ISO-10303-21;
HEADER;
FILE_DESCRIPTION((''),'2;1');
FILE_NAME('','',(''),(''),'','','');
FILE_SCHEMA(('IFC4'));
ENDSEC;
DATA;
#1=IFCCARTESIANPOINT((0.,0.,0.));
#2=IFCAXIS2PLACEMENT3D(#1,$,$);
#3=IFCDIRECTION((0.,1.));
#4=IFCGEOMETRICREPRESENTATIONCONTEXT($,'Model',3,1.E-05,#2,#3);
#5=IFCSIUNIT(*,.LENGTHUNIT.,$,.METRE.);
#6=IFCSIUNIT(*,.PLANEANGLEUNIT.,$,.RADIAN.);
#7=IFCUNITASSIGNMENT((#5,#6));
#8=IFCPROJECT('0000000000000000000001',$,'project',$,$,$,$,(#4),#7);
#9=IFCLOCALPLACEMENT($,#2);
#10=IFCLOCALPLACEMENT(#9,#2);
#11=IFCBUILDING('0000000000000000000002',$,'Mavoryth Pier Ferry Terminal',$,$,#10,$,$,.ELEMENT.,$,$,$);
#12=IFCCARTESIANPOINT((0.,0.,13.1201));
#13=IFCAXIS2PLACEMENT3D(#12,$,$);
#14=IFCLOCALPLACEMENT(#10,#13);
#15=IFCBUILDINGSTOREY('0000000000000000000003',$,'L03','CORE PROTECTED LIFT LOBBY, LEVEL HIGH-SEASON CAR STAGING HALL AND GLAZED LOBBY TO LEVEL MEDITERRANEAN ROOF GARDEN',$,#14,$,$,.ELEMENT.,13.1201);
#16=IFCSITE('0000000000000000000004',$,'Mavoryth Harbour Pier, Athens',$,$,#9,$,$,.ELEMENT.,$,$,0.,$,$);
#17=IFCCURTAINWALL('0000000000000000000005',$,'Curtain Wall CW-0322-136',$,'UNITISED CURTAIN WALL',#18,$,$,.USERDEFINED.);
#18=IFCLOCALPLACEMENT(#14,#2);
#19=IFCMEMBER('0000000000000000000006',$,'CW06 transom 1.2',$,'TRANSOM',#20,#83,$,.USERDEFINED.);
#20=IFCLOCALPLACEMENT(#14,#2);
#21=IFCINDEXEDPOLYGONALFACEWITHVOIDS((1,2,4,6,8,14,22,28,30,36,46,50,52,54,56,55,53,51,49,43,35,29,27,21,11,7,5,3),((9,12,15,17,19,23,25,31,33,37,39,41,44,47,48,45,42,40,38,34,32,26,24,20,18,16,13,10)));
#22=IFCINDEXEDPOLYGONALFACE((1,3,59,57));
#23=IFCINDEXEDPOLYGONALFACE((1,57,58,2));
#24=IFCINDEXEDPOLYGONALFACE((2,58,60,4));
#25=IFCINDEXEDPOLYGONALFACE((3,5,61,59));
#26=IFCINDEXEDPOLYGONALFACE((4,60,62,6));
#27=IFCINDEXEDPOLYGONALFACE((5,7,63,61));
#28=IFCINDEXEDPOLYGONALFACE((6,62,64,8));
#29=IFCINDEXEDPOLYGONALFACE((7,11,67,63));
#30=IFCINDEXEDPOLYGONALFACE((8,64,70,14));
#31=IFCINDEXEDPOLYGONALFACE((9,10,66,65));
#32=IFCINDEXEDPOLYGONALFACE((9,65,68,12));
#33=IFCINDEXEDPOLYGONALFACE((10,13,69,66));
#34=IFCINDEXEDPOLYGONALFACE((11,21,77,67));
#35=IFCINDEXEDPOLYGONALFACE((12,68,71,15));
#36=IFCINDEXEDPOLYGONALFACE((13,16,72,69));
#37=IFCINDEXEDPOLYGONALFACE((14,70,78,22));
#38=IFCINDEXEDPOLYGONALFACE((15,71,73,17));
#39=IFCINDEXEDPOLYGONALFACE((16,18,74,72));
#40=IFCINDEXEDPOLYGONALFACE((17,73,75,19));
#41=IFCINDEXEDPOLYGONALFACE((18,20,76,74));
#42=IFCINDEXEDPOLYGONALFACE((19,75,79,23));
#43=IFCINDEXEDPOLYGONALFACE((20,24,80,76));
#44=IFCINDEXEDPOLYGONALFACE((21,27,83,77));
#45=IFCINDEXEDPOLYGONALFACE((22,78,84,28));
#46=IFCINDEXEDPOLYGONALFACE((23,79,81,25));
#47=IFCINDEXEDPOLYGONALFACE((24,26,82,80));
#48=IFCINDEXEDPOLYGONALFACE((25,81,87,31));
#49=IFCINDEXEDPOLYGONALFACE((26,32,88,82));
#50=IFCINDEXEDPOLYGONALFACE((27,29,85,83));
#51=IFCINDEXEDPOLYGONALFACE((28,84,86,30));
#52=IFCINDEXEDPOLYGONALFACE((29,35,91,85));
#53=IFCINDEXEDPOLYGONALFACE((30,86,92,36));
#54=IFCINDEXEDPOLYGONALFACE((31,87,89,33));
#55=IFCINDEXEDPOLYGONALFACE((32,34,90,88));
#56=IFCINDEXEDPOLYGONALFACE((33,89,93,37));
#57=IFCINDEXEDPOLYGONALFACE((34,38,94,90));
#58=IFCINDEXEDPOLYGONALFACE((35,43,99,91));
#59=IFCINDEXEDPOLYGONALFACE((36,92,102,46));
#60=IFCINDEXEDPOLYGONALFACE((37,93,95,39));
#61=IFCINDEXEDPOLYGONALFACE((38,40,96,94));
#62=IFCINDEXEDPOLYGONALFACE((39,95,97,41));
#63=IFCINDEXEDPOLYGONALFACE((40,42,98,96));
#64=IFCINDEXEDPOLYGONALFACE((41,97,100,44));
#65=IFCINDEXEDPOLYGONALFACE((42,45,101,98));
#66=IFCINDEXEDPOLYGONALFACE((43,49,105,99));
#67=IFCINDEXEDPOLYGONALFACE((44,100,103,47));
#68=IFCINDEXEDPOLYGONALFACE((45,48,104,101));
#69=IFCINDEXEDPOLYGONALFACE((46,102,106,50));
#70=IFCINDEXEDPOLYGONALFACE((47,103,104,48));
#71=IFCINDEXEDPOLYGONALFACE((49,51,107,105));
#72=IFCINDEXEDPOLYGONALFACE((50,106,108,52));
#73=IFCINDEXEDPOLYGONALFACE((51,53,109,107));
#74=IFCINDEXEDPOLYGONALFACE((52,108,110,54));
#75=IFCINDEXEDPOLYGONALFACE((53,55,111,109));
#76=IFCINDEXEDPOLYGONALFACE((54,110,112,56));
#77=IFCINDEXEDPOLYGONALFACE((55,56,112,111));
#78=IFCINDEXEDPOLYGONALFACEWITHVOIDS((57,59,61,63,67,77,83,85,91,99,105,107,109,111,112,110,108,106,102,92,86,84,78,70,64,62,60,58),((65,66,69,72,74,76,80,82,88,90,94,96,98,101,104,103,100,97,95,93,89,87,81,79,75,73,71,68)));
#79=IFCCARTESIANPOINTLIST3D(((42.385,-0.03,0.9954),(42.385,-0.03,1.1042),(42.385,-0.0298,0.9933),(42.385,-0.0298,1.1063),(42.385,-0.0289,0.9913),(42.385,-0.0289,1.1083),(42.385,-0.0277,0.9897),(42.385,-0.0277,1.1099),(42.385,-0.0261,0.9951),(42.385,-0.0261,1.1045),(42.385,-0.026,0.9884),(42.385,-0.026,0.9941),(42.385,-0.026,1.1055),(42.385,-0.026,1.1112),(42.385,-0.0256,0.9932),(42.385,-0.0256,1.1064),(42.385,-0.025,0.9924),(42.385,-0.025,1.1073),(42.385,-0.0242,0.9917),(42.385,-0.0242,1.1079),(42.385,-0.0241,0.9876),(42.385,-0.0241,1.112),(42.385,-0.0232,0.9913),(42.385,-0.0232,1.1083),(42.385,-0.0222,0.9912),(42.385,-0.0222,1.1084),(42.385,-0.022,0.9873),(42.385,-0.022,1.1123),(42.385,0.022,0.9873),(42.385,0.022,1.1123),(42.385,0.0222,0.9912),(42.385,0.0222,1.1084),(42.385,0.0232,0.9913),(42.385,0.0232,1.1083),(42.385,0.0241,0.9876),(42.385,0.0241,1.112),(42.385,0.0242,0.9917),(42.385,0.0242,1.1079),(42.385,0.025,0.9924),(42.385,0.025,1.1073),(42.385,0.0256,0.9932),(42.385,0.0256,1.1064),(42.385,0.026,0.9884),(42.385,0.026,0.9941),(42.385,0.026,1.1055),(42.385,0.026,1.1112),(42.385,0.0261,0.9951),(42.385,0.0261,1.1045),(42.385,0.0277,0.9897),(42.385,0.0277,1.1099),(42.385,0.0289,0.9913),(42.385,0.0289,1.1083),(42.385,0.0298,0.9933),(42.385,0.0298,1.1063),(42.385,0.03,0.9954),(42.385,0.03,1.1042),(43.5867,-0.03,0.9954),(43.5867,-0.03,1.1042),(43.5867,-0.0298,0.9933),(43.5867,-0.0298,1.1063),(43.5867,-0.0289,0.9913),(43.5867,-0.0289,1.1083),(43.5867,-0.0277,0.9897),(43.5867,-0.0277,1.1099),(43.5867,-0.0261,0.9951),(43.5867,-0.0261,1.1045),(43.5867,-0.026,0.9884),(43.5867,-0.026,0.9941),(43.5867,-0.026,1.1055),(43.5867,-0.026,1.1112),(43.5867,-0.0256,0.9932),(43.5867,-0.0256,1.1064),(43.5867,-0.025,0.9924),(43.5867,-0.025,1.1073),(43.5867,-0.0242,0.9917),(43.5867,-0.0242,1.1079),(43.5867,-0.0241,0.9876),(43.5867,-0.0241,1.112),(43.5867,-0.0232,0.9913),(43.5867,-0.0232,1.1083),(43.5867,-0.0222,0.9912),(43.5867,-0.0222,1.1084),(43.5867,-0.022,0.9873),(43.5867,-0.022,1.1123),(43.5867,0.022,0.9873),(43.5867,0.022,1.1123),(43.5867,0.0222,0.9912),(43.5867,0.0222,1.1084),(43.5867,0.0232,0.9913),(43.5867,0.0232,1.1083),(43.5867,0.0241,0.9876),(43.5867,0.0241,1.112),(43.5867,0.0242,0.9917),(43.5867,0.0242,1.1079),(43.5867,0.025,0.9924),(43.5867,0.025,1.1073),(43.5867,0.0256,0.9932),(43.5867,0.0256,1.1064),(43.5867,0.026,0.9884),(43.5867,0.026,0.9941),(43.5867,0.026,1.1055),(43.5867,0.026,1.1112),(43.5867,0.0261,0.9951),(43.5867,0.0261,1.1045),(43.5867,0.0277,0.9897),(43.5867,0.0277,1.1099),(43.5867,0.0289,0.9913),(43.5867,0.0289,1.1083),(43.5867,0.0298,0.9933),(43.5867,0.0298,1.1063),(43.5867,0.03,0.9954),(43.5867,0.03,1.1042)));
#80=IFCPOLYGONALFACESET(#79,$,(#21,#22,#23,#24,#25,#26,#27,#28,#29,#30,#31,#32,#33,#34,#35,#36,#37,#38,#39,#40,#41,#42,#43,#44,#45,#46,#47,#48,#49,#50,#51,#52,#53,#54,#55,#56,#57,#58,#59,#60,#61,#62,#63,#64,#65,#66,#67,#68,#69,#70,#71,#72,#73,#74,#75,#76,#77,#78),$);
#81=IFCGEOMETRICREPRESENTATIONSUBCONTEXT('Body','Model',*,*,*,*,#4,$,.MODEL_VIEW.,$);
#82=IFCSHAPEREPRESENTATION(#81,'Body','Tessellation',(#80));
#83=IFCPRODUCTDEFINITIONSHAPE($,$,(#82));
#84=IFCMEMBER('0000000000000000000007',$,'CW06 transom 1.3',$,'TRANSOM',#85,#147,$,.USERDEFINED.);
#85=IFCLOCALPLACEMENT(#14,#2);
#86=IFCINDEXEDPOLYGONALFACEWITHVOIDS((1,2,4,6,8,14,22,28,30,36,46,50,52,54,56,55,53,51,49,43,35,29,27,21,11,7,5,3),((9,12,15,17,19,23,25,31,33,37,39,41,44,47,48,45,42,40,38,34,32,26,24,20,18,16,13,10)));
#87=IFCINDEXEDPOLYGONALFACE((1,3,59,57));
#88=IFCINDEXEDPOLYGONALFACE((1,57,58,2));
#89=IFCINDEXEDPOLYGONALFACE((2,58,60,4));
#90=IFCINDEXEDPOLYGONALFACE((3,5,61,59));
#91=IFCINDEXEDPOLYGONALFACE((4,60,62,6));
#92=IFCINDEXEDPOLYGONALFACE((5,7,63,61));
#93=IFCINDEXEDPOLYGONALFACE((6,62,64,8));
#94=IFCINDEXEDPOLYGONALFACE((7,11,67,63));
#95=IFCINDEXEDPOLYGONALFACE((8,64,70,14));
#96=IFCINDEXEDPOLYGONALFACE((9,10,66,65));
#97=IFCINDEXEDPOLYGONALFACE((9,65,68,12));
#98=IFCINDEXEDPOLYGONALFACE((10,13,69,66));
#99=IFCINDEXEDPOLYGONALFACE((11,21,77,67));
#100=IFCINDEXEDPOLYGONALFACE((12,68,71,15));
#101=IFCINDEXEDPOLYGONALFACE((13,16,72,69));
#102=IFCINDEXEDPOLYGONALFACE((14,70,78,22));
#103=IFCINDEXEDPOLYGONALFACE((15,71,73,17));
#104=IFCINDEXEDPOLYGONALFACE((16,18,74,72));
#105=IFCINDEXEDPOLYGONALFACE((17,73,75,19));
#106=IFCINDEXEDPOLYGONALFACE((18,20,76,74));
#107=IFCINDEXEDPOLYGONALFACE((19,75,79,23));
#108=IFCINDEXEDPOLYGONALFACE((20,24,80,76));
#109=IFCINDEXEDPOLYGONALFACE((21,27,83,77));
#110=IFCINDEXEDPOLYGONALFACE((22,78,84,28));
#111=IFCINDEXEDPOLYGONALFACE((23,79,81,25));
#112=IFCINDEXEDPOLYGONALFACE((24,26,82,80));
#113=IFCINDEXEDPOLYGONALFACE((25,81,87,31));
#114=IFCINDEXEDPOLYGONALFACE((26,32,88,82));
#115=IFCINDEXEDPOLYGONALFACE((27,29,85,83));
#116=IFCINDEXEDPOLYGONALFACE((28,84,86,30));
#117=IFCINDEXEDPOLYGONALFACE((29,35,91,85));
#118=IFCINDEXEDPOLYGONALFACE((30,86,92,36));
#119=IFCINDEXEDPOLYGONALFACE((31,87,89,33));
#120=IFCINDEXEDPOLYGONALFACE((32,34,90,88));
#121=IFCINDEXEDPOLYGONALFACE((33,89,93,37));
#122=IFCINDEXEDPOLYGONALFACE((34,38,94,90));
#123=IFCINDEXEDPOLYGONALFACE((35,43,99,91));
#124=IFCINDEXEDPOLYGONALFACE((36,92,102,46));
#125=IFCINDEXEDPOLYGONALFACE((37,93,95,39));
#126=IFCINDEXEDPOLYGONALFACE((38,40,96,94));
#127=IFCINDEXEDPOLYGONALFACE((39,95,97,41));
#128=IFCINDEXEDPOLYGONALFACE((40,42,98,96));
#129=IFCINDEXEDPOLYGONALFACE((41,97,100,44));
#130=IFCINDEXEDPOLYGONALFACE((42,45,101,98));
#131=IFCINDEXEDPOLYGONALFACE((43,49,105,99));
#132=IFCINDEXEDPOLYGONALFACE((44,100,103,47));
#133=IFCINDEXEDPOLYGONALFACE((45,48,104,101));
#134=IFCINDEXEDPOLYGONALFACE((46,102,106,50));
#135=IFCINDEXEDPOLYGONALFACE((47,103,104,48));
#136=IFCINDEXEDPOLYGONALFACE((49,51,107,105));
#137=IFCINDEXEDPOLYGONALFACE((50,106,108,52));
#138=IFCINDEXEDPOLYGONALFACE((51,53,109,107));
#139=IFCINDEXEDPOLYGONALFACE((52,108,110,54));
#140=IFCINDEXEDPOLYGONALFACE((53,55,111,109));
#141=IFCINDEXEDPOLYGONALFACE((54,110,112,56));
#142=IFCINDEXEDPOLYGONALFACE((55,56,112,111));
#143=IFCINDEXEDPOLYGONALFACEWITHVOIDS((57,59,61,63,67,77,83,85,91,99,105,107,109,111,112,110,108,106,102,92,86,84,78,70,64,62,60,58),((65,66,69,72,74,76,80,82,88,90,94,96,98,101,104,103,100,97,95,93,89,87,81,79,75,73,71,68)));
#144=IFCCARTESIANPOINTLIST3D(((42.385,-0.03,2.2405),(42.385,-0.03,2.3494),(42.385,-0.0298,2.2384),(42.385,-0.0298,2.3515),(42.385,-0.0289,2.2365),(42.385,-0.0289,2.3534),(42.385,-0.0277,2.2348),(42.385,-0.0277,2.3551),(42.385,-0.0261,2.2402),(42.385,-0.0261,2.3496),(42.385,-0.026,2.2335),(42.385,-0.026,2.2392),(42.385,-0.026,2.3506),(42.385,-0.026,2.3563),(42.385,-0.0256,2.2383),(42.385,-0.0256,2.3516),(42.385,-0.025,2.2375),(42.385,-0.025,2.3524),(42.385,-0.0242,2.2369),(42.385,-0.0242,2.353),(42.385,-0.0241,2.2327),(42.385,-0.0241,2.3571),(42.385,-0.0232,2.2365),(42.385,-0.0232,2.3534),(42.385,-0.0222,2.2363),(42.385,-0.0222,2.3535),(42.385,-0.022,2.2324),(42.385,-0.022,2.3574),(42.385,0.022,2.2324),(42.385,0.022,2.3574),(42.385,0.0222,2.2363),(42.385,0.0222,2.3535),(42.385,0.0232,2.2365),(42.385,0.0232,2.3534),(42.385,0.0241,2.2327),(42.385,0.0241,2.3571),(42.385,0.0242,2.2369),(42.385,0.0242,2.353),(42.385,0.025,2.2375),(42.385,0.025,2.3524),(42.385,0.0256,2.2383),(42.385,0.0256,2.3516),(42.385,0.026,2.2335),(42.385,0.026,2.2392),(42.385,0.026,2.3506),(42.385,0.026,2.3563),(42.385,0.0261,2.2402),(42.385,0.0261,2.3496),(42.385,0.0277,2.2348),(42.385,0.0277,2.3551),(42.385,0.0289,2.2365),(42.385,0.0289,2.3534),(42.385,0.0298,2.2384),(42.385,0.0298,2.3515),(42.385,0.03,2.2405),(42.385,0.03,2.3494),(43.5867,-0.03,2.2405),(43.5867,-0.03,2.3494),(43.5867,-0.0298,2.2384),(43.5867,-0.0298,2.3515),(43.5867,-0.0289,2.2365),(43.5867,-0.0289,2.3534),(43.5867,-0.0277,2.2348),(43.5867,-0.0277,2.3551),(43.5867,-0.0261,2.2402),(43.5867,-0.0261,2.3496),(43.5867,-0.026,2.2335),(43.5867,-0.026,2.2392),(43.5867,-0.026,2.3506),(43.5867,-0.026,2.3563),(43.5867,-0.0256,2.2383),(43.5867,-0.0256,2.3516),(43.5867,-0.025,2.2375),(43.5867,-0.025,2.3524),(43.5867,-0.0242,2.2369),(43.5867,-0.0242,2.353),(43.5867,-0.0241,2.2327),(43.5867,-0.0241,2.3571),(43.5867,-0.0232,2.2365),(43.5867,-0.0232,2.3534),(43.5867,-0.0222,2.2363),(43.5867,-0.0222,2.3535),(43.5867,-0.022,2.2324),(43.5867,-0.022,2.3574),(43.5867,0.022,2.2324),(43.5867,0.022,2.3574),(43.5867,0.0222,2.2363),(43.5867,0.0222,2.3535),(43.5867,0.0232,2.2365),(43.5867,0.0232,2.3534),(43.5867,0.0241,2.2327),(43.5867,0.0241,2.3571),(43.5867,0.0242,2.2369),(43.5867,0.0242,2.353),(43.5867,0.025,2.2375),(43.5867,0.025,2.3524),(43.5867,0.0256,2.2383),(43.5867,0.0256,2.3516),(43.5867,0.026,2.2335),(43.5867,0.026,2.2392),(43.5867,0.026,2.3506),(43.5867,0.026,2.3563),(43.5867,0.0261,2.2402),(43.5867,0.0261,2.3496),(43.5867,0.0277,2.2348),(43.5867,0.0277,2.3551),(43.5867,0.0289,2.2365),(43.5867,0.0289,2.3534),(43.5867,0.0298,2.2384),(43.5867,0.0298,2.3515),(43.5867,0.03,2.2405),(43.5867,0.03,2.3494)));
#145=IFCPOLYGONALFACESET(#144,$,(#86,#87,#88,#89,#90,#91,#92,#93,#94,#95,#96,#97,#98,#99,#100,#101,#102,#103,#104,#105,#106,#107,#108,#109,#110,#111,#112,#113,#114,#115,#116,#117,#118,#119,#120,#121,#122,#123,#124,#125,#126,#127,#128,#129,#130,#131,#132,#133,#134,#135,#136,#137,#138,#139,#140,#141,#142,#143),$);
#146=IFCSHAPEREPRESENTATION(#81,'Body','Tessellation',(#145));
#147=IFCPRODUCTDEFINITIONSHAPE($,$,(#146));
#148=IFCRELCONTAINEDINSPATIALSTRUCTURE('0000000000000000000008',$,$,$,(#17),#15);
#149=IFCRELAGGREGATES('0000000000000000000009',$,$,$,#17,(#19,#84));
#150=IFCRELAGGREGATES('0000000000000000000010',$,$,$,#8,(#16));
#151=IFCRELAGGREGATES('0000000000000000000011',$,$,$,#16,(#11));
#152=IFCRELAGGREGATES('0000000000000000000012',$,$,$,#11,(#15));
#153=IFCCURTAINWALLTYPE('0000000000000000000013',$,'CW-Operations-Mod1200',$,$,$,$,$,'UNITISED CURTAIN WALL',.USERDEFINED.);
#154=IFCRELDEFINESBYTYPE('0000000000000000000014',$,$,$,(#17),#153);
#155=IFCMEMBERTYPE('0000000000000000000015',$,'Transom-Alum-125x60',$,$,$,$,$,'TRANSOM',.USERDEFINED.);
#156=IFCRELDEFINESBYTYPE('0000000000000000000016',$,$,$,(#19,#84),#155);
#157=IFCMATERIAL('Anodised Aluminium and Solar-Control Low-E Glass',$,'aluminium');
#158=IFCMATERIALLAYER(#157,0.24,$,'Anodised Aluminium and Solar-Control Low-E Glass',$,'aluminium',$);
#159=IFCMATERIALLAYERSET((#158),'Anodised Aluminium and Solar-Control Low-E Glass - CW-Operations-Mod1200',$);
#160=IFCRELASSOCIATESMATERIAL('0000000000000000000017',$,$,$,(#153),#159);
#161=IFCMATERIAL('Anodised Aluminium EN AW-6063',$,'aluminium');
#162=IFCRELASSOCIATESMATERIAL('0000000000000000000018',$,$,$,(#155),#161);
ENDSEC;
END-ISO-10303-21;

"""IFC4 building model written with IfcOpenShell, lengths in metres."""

from ifc_helpers import new_model, si_unit, direction, frame, origin, origin_2d, place, context, subcontext, project, spatial, hollow_rectangle, extrude, material, layer, layer_set, material_profile, profile_set, type_object, element, aggregate, save


model = new_model("IFC4")

# Units and contexts
model_context = context("Model", 3, precision=1e-05, world=origin(), true_north=direction((0.0, 1.0)))
body_context = subcontext(model_context, "Body", "Model", "MODEL_VIEW")
ifc_project = project(units=[si_unit("LENGTHUNIT", "METRE"), si_unit("PLANEANGLEUNIT", "RADIAN")], contexts=[model_context])

# Site, building, storey
site_placement = place(None, origin())
site = spatial("IfcSite", under=ifc_project, at=site_placement, Name="Mavoryth Harbour Pier, Athens", CompositionType="ELEMENT", RefElevation=0.0)
building_placement = place(site_placement, origin())
building = spatial("IfcBuilding", under=site, at=building_placement, Name="Mavoryth Pier Ferry Terminal", CompositionType="ELEMENT")
storey_placement = place(building_placement, frame((0.0, 0.0, 13.1201)))
storey = spatial("IfcBuildingStorey", under=building, at=storey_placement, Name="L03", Description="CORE PROTECTED LIFT LOBBY, LEVEL HIGH-SEASON CAR STAGING HALL AND GLAZED LOBBY TO LEVEL MEDITERRANEAN ROOF GARDEN", CompositionType="ELEMENT", Elevation=13.1201)

# Curtain wall
ifc_material_1 = material(Name="Anodised Aluminium and Solar-Control Low-E Glass", Category="aluminium")
ifc_layer_1 = layer(ifc_material_1, 0.24, Name="Anodised Aluminium and Solar-Control Low-E Glass", Category="aluminium")
ifc_layer_set_1 = layer_set([ifc_layer_1], Name="Anodised Aluminium and Solar-Control Low-E Glass - CW-Operations-Mod1200")
curtain_wall_type = type_object("IfcCurtainWallType", Name="CW-Operations-Mod1200", ElementType="UNITISED CURTAIN WALL", PredefinedType="USERDEFINED", material=ifc_layer_set_1)
curtain_wall_placement = place(storey_placement, origin())
curtain_wall = element("IfcCurtainWall", 1, at=curtain_wall_placement, inside=storey, type_object=curtain_wall_type, Name="Curtain Wall CW-0322-136", ObjectType="UNITISED CURTAIN WALL", PredefinedType="USERDEFINED")
ifc_material_2 = material(Name="Anodised Aluminium EN AW-6063", Category="aluminium")

# Members
ifc_material_profile_1 = material_profile(ifc_material_2, hollow_rectangle(XDim=0.0601, YDim=0.125, WallThickness=0.0039, InnerFilletRadius=0.0039, OuterFilletRadius=0.0081, at=origin_2d()), Name="AL-TRAN 125x60x4", Category="aluminium")
ifc_profile_set_1 = profile_set([ifc_material_profile_1], Name="Anodised Aluminium EN AW-6063 - AL-TRAN 125x60x4")
member_type_1 = type_object("IfcMemberType", Name="Transom-Alum-125x60", ElementType="TRANSOM", PredefinedType="USERDEFINED", material=ifc_profile_set_1)
member_1_placement = place(storey_placement, frame((42.385, 0.0, 1.0498), z_axis=(1.0, 0.0, 0.0), x_axis=(0.0, 1.0, 0.0)))
member_1 = element("IfcMember", 2, at=member_1_placement, type_object=member_type_1, Name="CW06 transom 1.2", ObjectType="TRANSOM", PredefinedType="USERDEFINED", context=body_context, shape_type="SweptSolid", body=[
    extrude(hollow_rectangle(XDim=0.0601, YDim=0.125, WallThickness=0.0039, InnerFilletRadius=0.0039, OuterFilletRadius=0.0081, at=origin_2d()), origin(), (0.0, 0.0, 1.0), 1.2017),
])
member_2_placement = place(storey_placement, frame((42.385, 0.0, 2.2949), z_axis=(1.0, 0.0, 0.0), x_axis=(0.0, 1.0, 0.0)))
member_2 = element("IfcMember", 3, at=member_2_placement, type_object=member_type_1, Name="CW06 transom 1.3", ObjectType="TRANSOM", PredefinedType="USERDEFINED", context=body_context, shape_type="SweptSolid", body=[
    extrude(hollow_rectangle(XDim=0.0601, YDim=0.125, WallThickness=0.0039, InnerFilletRadius=0.0039, OuterFilletRadius=0.0081, at=origin_2d()), origin(), (0.0, 0.0, 1.0), 1.2017),
])

aggregate(curtain_wall, [member_1, member_2])

save(model, "model.ifc")
